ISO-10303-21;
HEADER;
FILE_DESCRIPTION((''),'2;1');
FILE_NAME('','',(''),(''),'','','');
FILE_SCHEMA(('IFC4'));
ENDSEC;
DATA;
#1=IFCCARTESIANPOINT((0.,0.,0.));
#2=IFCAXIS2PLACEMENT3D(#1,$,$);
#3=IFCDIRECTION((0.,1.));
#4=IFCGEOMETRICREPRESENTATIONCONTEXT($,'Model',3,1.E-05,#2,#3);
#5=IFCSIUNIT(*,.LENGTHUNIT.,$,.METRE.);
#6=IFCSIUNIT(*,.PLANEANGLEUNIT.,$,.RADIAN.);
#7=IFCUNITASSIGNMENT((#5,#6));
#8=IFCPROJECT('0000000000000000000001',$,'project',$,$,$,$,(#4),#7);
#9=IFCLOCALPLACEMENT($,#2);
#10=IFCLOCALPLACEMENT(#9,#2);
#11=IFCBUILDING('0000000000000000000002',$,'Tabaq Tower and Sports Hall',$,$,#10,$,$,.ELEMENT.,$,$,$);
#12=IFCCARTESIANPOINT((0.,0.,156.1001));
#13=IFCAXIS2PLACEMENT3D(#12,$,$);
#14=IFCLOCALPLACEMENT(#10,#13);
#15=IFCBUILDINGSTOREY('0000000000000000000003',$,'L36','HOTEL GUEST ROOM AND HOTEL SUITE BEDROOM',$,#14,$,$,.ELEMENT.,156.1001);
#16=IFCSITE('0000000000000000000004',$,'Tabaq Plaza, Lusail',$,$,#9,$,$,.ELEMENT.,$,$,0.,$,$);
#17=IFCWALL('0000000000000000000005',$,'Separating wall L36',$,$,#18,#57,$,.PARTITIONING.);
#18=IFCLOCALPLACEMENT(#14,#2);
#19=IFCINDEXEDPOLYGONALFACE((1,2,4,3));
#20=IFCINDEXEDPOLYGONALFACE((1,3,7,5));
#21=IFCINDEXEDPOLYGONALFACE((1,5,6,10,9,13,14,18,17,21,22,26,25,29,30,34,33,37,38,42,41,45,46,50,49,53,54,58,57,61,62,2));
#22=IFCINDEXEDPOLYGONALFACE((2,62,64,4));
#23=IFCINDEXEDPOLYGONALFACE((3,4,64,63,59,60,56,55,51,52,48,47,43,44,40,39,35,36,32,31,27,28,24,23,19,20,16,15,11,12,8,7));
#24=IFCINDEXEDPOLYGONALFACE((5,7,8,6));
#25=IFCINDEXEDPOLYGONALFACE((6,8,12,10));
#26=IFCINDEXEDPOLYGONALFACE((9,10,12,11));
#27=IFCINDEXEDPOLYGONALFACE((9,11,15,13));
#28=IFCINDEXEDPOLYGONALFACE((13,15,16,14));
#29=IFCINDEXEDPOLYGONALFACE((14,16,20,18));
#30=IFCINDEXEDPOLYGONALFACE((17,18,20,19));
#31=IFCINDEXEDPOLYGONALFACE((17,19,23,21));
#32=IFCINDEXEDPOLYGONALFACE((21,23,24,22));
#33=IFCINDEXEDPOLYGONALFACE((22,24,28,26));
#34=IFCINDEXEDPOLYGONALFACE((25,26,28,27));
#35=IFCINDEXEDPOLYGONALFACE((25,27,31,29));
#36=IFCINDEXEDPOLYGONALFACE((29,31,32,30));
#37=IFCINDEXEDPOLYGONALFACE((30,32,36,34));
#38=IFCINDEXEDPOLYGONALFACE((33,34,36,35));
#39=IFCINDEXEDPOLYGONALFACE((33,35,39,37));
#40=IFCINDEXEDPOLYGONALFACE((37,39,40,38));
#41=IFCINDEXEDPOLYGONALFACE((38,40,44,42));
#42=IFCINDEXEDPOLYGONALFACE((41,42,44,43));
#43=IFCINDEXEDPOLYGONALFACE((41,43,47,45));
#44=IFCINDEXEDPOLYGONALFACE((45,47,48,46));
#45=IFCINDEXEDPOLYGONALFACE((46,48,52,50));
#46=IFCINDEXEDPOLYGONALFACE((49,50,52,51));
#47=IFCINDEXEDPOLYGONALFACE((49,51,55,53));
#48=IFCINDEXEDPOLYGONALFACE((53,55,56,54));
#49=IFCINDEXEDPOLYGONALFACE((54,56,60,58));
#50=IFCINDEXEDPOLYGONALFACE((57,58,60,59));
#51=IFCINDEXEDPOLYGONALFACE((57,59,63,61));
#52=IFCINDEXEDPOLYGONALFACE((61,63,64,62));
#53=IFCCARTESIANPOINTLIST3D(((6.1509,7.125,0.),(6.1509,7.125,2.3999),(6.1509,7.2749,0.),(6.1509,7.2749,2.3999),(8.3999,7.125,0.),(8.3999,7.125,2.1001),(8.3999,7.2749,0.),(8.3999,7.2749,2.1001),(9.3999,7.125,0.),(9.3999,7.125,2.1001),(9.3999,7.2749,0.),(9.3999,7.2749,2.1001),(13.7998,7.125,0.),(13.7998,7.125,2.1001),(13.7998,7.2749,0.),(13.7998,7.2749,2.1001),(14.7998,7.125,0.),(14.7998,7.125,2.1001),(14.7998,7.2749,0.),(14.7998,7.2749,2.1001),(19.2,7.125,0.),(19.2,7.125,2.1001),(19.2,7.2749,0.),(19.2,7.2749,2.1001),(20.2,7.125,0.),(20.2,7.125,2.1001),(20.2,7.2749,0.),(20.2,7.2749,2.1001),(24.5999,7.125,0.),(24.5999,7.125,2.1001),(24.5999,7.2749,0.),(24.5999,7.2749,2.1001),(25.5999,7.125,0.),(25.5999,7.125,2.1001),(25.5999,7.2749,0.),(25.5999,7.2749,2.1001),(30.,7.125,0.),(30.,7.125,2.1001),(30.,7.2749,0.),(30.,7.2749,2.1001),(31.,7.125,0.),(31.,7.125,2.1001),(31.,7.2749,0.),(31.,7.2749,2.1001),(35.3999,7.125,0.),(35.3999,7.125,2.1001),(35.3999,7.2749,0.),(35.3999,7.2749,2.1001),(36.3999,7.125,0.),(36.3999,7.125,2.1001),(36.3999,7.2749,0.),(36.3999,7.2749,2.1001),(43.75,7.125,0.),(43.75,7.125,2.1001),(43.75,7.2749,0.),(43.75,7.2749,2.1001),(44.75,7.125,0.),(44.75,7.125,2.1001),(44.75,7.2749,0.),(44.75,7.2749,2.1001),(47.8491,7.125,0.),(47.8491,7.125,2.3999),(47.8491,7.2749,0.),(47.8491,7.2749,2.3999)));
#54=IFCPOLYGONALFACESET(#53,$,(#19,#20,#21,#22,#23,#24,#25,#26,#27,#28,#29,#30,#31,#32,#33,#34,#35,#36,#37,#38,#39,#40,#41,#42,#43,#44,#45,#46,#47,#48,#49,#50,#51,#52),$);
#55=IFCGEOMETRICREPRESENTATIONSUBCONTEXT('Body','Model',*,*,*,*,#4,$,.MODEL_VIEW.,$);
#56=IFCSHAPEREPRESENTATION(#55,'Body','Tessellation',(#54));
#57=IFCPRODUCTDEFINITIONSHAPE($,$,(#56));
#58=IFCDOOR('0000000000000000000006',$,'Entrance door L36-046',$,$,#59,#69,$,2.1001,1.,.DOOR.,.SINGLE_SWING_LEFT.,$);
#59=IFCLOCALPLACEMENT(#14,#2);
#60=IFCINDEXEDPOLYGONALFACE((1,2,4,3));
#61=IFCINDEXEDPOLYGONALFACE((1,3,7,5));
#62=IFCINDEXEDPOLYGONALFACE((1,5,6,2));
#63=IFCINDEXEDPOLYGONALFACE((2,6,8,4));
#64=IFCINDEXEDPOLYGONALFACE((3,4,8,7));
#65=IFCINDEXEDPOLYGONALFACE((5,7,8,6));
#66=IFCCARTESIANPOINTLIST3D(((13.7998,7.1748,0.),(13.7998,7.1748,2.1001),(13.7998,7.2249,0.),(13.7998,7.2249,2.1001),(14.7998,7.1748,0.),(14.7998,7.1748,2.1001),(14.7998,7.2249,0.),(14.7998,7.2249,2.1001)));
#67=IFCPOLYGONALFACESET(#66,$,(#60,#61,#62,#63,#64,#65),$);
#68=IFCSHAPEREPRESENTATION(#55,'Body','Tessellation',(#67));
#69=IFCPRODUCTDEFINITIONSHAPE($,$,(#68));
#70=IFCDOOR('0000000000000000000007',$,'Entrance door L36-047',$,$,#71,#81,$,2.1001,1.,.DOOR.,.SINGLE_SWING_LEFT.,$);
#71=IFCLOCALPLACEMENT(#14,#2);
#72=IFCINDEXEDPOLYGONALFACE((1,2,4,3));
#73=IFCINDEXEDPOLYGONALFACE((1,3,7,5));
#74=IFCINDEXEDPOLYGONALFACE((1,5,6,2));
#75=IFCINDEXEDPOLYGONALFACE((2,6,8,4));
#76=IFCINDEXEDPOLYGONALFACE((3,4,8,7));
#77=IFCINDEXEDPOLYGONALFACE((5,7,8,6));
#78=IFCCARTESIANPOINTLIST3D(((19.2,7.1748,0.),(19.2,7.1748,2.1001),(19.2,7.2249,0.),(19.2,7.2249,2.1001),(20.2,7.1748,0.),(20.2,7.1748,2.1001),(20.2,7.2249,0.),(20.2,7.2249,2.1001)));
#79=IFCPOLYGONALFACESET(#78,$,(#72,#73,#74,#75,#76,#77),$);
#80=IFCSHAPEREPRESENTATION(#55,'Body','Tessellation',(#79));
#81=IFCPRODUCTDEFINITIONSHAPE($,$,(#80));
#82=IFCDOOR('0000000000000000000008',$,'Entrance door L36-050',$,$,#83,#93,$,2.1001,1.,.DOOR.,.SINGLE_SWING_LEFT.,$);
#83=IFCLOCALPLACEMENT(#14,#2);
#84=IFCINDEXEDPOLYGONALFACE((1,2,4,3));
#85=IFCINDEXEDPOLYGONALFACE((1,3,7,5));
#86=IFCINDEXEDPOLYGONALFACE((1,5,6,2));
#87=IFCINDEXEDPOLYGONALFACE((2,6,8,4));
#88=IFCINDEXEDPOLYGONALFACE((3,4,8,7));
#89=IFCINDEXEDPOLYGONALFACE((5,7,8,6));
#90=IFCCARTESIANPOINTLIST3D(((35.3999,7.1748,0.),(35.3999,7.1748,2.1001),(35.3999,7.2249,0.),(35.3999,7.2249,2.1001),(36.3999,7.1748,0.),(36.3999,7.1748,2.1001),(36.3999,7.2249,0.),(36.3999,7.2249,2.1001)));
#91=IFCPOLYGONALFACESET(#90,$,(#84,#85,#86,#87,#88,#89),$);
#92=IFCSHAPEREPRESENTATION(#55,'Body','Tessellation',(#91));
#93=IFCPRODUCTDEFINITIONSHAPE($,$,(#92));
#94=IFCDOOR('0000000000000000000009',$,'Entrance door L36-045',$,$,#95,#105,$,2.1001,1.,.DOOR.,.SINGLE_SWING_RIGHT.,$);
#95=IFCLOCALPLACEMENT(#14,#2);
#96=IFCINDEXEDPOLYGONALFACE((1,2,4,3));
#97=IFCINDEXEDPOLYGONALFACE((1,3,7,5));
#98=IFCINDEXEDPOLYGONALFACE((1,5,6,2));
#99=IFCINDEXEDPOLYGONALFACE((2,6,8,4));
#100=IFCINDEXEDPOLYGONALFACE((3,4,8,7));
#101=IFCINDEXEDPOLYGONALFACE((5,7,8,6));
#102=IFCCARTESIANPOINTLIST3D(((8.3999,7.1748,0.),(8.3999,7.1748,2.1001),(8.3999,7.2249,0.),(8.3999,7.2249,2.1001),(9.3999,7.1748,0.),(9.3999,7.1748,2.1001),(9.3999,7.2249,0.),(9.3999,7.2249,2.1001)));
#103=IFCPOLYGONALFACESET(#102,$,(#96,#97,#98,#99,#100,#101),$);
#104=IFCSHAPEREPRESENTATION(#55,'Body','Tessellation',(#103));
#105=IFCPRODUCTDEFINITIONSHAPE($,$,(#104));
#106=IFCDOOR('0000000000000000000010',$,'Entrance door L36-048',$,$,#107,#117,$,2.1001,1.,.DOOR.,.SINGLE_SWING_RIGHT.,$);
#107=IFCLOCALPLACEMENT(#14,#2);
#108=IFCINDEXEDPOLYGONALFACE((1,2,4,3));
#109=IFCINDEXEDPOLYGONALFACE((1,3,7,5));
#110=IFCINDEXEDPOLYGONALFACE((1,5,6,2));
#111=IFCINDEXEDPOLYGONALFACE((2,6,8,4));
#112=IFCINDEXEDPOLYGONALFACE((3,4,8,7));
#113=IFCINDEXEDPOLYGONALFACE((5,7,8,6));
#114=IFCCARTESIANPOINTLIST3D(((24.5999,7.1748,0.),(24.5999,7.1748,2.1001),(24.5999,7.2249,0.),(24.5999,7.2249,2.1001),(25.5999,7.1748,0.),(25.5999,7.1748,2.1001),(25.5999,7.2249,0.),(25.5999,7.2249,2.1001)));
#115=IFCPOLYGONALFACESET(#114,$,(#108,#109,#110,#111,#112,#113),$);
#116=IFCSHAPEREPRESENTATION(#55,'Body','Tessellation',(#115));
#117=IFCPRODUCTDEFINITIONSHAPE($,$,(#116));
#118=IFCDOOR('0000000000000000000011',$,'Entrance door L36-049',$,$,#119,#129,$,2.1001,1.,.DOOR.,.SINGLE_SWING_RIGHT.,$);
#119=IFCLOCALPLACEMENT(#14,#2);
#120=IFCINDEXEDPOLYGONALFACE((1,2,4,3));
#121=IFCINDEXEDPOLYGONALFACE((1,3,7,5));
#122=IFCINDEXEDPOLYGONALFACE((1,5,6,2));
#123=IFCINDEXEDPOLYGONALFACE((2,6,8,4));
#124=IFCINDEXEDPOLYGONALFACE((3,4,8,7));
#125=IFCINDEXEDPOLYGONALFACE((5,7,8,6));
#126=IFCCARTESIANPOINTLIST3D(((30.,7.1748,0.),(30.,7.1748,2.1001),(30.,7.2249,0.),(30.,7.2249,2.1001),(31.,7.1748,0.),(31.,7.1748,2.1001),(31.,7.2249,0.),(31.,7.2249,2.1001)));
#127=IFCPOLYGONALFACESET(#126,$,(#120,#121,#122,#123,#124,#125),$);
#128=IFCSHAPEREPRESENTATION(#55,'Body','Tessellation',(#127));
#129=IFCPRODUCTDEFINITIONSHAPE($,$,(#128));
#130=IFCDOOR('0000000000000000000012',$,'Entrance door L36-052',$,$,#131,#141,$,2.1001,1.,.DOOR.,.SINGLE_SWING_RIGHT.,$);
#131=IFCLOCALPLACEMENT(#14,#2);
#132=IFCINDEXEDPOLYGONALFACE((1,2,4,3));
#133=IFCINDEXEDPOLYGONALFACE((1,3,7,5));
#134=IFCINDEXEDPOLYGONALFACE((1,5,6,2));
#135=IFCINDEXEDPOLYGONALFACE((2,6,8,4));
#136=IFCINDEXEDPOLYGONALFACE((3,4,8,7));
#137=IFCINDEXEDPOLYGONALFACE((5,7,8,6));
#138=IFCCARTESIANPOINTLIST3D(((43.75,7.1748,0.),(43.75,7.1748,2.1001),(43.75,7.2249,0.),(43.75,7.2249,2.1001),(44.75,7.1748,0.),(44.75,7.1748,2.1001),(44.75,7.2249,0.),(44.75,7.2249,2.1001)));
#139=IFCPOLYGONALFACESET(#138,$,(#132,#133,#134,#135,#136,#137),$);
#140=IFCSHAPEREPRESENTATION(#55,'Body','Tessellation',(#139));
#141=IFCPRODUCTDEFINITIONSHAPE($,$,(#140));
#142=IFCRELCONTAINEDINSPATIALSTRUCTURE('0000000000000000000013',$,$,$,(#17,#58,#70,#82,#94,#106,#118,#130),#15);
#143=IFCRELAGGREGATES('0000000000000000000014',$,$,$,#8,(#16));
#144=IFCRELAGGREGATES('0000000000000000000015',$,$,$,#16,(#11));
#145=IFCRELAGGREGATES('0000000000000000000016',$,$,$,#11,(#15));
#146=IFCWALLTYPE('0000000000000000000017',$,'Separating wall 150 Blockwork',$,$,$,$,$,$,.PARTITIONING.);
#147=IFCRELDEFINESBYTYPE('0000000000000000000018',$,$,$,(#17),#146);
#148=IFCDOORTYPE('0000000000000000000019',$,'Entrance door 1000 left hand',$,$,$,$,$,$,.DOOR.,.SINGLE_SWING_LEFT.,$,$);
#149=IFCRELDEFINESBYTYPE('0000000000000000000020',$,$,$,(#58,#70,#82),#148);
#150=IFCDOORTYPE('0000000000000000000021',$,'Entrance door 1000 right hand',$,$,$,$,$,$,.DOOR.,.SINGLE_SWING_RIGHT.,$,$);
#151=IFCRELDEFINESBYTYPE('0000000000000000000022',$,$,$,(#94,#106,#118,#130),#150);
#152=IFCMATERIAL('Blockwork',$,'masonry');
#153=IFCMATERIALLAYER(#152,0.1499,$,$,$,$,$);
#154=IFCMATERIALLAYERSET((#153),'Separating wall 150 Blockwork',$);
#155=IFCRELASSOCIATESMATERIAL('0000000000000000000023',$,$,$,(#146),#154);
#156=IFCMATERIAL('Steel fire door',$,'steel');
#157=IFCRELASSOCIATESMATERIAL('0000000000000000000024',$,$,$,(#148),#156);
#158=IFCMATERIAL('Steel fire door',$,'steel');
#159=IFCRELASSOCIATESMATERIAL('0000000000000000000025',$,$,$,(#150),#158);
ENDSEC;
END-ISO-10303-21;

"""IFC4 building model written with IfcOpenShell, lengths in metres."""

from ifc_helpers import new_model, si_unit, direction, frame, frame_2d, origin, place, context, subcontext, project, spatial, rectangle, extrude, material, layer, layer_set, type_object, element, fill, save


model = new_model("IFC4")

# Units and contexts
model_context = context("Model", 3, precision=1e-05, world=origin(), true_north=direction((0.0, 1.0)))
body_context = subcontext(model_context, "Body", "Model", "MODEL_VIEW")
ifc_project = project(units=[si_unit("LENGTHUNIT", "METRE"), si_unit("PLANEANGLEUNIT", "RADIAN")], contexts=[model_context])

# Site, building, storey
site_placement = place(None, origin())
site = spatial("IfcSite", under=ifc_project, at=site_placement, Name="Tabaq Plaza, Lusail", CompositionType="ELEMENT", RefElevation=0.0)
building_placement = place(site_placement, origin())
building = spatial("IfcBuilding", under=site, at=building_placement, Name="Tabaq Tower and Sports Hall", CompositionType="ELEMENT")
storey_placement = place(building_placement, frame((0.0, 0.0, 156.1001)))
storey = spatial("IfcBuildingStorey", under=building, at=storey_placement, Name="L36", Description="HOTEL GUEST ROOM AND HOTEL SUITE BEDROOM", CompositionType="ELEMENT", Elevation=156.1001)

# Wall, openings, doors
ifc_material_1 = material(Name="Blockwork", Category="masonry")
ifc_layer_1 = layer(ifc_material_1, 0.1499)
ifc_layer_set_1 = layer_set([ifc_layer_1], Name="Separating wall 150 Blockwork")
wall_type_1 = type_object("IfcWallType", Name="Separating wall 150 Blockwork", PredefinedType="PARTITIONING", material=ifc_layer_set_1)
wall_1_placement = place(storey_placement, frame((6.1509, 7.2, 0.0), z_axis=(0.0, 0.0, 1.0), x_axis=(1.0, 0.0, 0.0)))
wall_1 = element("IfcWall", 1, at=wall_1_placement, inside=storey, type_object=wall_type_1, Name="Separating wall L36", PredefinedType="PARTITIONING", context=body_context, shape_type="SweptSolid", body=[
    extrude(rectangle(XDim=41.6982, YDim=0.1499, at=frame_2d((20.8491, 0.0))), origin(), (0.0, 0.0, 1.0), 2.3999),
])
opening_1_placement = place(wall_1_placement, frame((2.249, 0.0, 0.0)))
opening_1 = element("IfcOpeningElement", 2, at=opening_1_placement, cuts=wall_1, PredefinedType="OPENING", context=body_context, shape_type="SweptSolid", body=[
    extrude(rectangle(XDim=1.0, YDim=2.1001, at=frame_2d((0.5, 1.05))), frame((0.0, 0.075, 0.0), z_axis=(0.0, -1.0, 0.0), x_axis=(1.0, 0.0, 0.0)), (0.0, 0.0, 1.0), 0.1499),
])
opening_2_placement = place(wall_1_placement, frame((7.6489, 0.0, 0.0)))
opening_2 = element("IfcOpeningElement", 3, at=opening_2_placement, cuts=wall_1, PredefinedType="OPENING", context=body_context, shape_type="SweptSolid", body=[
    extrude(rectangle(XDim=1.0, YDim=2.1001, at=frame_2d((0.5, 1.05))), frame((0.0, 0.075, 0.0), z_axis=(0.0, -1.0, 0.0), x_axis=(1.0, 0.0, 0.0)), (0.0, 0.0, 1.0), 0.1499),
])
opening_3_placement = place(wall_1_placement, frame((13.0491, 0.0, 0.0)))
opening_3 = element("IfcOpeningElement", 4, at=opening_3_placement, cuts=wall_1, PredefinedType="OPENING", context=body_context, shape_type="SweptSolid", body=[
    extrude(rectangle(XDim=1.0, YDim=2.1001, at=frame_2d((0.5, 1.05))), frame((0.0, 0.075, 0.0), z_axis=(0.0, -1.0, 0.0), x_axis=(1.0, 0.0, 0.0)), (0.0, 0.0, 1.0), 0.1499),
])
opening_4_placement = place(wall_1_placement, frame((18.449, 0.0, 0.0)))
opening_4 = element("IfcOpeningElement", 5, at=opening_4_placement, cuts=wall_1, PredefinedType="OPENING", context=body_context, shape_type="SweptSolid", body=[
    extrude(rectangle(XDim=1.0, YDim=2.1001, at=frame_2d((0.5, 1.05))), frame((0.0, 0.075, 0.0), z_axis=(0.0, -1.0, 0.0), x_axis=(1.0, 0.0, 0.0)), (0.0, 0.0, 1.0), 0.1499),
])
opening_5_placement = place(wall_1_placement, frame((23.8491, 0.0, 0.0)))
opening_5 = element("IfcOpeningElement", 6, at=opening_5_placement, cuts=wall_1, PredefinedType="OPENING", context=body_context, shape_type="SweptSolid", body=[
    extrude(rectangle(XDim=1.0, YDim=2.1001, at=frame_2d((0.5, 1.05))), frame((0.0, 0.075, 0.0), z_axis=(0.0, -1.0, 0.0), x_axis=(1.0, 0.0, 0.0)), (0.0, 0.0, 1.0), 0.1499),
])
opening_6_placement = place(wall_1_placement, frame((29.249, 0.0, 0.0)))
opening_6 = element("IfcOpeningElement", 7, at=opening_6_placement, cuts=wall_1, PredefinedType="OPENING", context=body_context, shape_type="SweptSolid", body=[
    extrude(rectangle(XDim=1.0, YDim=2.1001, at=frame_2d((0.5, 1.05))), frame((0.0, 0.075, 0.0), z_axis=(0.0, -1.0, 0.0), x_axis=(1.0, 0.0, 0.0)), (0.0, 0.0, 1.0), 0.1499),
])
opening_7_placement = place(wall_1_placement, frame((37.5991, 0.0, 0.0)))
opening_7 = element("IfcOpeningElement", 8, at=opening_7_placement, cuts=wall_1, PredefinedType="OPENING", context=body_context, shape_type="SweptSolid", body=[
    extrude(rectangle(XDim=1.0, YDim=2.1001, at=frame_2d((0.5, 1.05))), frame((0.0, 0.075, 0.0), z_axis=(0.0, -1.0, 0.0), x_axis=(1.0, 0.0, 0.0)), (0.0, 0.0, 1.0), 0.1499),
])
ifc_material_2 = material(Name="Steel fire door", Category="steel")
door_type_1 = type_object("IfcDoorType", Name="Entrance door 1000 left hand", OperationType="SINGLE_SWING_LEFT", PredefinedType="DOOR", material=ifc_material_2)
door_1_placement = place(opening_2_placement, origin())
door_1 = element("IfcDoor", 9, at=door_1_placement, inside=storey, type_object=door_type_1, Name="Entrance door L36-046", OperationType="SINGLE_SWING_LEFT", OverallHeight=2.1001, OverallWidth=1.0, PredefinedType="DOOR", context=body_context, shape_type="SweptSolid", body=[
    extrude(rectangle(XDim=1.0, YDim=2.1001, at=frame_2d((0.5, 1.05))), frame((0.0, 0.0249, 0.0), z_axis=(0.0, -1.0, 0.0), x_axis=(1.0, 0.0, 0.0)), (0.0, 0.0, 1.0), 0.05),
])
fill(opening_2, door_1)
door_2_placement = place(opening_3_placement, origin())
door_2 = element("IfcDoor", 10, at=door_2_placement, inside=storey, type_object=door_type_1, Name="Entrance door L36-047", OperationType="SINGLE_SWING_LEFT", OverallHeight=2.1001, OverallWidth=1.0, PredefinedType="DOOR", context=body_context, shape_type="SweptSolid", body=[
    extrude(rectangle(XDim=1.0, YDim=2.1001, at=frame_2d((0.5, 1.05))), frame((0.0, 0.0249, 0.0), z_axis=(0.0, -1.0, 0.0), x_axis=(1.0, 0.0, 0.0)), (0.0, 0.0, 1.0), 0.05),
])
fill(opening_3, door_2)
door_3_placement = place(opening_6_placement, origin())
door_3 = element("IfcDoor", 11, at=door_3_placement, inside=storey, type_object=door_type_1, Name="Entrance door L36-050", OperationType="SINGLE_SWING_LEFT", OverallHeight=2.1001, OverallWidth=1.0, PredefinedType="DOOR", context=body_context, shape_type="SweptSolid", body=[
    extrude(rectangle(XDim=1.0, YDim=2.1001, at=frame_2d((0.5, 1.05))), frame((0.0, 0.0249, 0.0), z_axis=(0.0, -1.0, 0.0), x_axis=(1.0, 0.0, 0.0)), (0.0, 0.0, 1.0), 0.05),
])
fill(opening_6, door_3)
ifc_material_3 = material(Name="Steel fire door", Category="steel")
door_type_2 = type_object("IfcDoorType", Name="Entrance door 1000 right hand", OperationType="SINGLE_SWING_RIGHT", PredefinedType="DOOR", material=ifc_material_3)
door_4_placement = place(opening_1_placement, origin())
door_4 = element("IfcDoor", 12, at=door_4_placement, inside=storey, type_object=door_type_2, Name="Entrance door L36-045", OperationType="SINGLE_SWING_RIGHT", OverallHeight=2.1001, OverallWidth=1.0, PredefinedType="DOOR", context=body_context, shape_type="SweptSolid", body=[
    extrude(rectangle(XDim=1.0, YDim=2.1001, at=frame_2d((0.5, 1.05))), frame((0.0, 0.0249, 0.0), z_axis=(0.0, -1.0, 0.0), x_axis=(1.0, 0.0, 0.0)), (0.0, 0.0, 1.0), 0.05),
])
fill(opening_1, door_4)
door_5_placement = place(opening_4_placement, origin())
door_5 = element("IfcDoor", 13, at=door_5_placement, inside=storey, type_object=door_type_2, Name="Entrance door L36-048", OperationType="SINGLE_SWING_RIGHT", OverallHeight=2.1001, OverallWidth=1.0, PredefinedType="DOOR", context=body_context, shape_type="SweptSolid", body=[
    extrude(rectangle(XDim=1.0, YDim=2.1001, at=frame_2d((0.5, 1.05))), frame((0.0, 0.0249, 0.0), z_axis=(0.0, -1.0, 0.0), x_axis=(1.0, 0.0, 0.0)), (0.0, 0.0, 1.0), 0.05),
])
fill(opening_4, door_5)
door_6_placement = place(opening_5_placement, origin())
door_6 = element("IfcDoor", 14, at=door_6_placement, inside=storey, type_object=door_type_2, Name="Entrance door L36-049", OperationType="SINGLE_SWING_RIGHT", OverallHeight=2.1001, OverallWidth=1.0, PredefinedType="DOOR", context=body_context, shape_type="SweptSolid", body=[
    extrude(rectangle(XDim=1.0, YDim=2.1001, at=frame_2d((0.5, 1.05))), frame((0.0, 0.0249, 0.0), z_axis=(0.0, -1.0, 0.0), x_axis=(1.0, 0.0, 0.0)), (0.0, 0.0, 1.0), 0.05),
])
fill(opening_5, door_6)
door_7_placement = place(opening_7_placement, origin())
door_7 = element("IfcDoor", 15, at=door_7_placement, inside=storey, type_object=door_type_2, Name="Entrance door L36-052", OperationType="SINGLE_SWING_RIGHT", OverallHeight=2.1001, OverallWidth=1.0, PredefinedType="DOOR", context=body_context, shape_type="SweptSolid", body=[
    extrude(rectangle(XDim=1.0, YDim=2.1001, at=frame_2d((0.5, 1.05))), frame((0.0, 0.0249, 0.0), z_axis=(0.0, -1.0, 0.0), x_axis=(1.0, 0.0, 0.0)), (0.0, 0.0, 1.0), 0.05),
])
fill(opening_7, door_7)

save(model, "model.ifc")
